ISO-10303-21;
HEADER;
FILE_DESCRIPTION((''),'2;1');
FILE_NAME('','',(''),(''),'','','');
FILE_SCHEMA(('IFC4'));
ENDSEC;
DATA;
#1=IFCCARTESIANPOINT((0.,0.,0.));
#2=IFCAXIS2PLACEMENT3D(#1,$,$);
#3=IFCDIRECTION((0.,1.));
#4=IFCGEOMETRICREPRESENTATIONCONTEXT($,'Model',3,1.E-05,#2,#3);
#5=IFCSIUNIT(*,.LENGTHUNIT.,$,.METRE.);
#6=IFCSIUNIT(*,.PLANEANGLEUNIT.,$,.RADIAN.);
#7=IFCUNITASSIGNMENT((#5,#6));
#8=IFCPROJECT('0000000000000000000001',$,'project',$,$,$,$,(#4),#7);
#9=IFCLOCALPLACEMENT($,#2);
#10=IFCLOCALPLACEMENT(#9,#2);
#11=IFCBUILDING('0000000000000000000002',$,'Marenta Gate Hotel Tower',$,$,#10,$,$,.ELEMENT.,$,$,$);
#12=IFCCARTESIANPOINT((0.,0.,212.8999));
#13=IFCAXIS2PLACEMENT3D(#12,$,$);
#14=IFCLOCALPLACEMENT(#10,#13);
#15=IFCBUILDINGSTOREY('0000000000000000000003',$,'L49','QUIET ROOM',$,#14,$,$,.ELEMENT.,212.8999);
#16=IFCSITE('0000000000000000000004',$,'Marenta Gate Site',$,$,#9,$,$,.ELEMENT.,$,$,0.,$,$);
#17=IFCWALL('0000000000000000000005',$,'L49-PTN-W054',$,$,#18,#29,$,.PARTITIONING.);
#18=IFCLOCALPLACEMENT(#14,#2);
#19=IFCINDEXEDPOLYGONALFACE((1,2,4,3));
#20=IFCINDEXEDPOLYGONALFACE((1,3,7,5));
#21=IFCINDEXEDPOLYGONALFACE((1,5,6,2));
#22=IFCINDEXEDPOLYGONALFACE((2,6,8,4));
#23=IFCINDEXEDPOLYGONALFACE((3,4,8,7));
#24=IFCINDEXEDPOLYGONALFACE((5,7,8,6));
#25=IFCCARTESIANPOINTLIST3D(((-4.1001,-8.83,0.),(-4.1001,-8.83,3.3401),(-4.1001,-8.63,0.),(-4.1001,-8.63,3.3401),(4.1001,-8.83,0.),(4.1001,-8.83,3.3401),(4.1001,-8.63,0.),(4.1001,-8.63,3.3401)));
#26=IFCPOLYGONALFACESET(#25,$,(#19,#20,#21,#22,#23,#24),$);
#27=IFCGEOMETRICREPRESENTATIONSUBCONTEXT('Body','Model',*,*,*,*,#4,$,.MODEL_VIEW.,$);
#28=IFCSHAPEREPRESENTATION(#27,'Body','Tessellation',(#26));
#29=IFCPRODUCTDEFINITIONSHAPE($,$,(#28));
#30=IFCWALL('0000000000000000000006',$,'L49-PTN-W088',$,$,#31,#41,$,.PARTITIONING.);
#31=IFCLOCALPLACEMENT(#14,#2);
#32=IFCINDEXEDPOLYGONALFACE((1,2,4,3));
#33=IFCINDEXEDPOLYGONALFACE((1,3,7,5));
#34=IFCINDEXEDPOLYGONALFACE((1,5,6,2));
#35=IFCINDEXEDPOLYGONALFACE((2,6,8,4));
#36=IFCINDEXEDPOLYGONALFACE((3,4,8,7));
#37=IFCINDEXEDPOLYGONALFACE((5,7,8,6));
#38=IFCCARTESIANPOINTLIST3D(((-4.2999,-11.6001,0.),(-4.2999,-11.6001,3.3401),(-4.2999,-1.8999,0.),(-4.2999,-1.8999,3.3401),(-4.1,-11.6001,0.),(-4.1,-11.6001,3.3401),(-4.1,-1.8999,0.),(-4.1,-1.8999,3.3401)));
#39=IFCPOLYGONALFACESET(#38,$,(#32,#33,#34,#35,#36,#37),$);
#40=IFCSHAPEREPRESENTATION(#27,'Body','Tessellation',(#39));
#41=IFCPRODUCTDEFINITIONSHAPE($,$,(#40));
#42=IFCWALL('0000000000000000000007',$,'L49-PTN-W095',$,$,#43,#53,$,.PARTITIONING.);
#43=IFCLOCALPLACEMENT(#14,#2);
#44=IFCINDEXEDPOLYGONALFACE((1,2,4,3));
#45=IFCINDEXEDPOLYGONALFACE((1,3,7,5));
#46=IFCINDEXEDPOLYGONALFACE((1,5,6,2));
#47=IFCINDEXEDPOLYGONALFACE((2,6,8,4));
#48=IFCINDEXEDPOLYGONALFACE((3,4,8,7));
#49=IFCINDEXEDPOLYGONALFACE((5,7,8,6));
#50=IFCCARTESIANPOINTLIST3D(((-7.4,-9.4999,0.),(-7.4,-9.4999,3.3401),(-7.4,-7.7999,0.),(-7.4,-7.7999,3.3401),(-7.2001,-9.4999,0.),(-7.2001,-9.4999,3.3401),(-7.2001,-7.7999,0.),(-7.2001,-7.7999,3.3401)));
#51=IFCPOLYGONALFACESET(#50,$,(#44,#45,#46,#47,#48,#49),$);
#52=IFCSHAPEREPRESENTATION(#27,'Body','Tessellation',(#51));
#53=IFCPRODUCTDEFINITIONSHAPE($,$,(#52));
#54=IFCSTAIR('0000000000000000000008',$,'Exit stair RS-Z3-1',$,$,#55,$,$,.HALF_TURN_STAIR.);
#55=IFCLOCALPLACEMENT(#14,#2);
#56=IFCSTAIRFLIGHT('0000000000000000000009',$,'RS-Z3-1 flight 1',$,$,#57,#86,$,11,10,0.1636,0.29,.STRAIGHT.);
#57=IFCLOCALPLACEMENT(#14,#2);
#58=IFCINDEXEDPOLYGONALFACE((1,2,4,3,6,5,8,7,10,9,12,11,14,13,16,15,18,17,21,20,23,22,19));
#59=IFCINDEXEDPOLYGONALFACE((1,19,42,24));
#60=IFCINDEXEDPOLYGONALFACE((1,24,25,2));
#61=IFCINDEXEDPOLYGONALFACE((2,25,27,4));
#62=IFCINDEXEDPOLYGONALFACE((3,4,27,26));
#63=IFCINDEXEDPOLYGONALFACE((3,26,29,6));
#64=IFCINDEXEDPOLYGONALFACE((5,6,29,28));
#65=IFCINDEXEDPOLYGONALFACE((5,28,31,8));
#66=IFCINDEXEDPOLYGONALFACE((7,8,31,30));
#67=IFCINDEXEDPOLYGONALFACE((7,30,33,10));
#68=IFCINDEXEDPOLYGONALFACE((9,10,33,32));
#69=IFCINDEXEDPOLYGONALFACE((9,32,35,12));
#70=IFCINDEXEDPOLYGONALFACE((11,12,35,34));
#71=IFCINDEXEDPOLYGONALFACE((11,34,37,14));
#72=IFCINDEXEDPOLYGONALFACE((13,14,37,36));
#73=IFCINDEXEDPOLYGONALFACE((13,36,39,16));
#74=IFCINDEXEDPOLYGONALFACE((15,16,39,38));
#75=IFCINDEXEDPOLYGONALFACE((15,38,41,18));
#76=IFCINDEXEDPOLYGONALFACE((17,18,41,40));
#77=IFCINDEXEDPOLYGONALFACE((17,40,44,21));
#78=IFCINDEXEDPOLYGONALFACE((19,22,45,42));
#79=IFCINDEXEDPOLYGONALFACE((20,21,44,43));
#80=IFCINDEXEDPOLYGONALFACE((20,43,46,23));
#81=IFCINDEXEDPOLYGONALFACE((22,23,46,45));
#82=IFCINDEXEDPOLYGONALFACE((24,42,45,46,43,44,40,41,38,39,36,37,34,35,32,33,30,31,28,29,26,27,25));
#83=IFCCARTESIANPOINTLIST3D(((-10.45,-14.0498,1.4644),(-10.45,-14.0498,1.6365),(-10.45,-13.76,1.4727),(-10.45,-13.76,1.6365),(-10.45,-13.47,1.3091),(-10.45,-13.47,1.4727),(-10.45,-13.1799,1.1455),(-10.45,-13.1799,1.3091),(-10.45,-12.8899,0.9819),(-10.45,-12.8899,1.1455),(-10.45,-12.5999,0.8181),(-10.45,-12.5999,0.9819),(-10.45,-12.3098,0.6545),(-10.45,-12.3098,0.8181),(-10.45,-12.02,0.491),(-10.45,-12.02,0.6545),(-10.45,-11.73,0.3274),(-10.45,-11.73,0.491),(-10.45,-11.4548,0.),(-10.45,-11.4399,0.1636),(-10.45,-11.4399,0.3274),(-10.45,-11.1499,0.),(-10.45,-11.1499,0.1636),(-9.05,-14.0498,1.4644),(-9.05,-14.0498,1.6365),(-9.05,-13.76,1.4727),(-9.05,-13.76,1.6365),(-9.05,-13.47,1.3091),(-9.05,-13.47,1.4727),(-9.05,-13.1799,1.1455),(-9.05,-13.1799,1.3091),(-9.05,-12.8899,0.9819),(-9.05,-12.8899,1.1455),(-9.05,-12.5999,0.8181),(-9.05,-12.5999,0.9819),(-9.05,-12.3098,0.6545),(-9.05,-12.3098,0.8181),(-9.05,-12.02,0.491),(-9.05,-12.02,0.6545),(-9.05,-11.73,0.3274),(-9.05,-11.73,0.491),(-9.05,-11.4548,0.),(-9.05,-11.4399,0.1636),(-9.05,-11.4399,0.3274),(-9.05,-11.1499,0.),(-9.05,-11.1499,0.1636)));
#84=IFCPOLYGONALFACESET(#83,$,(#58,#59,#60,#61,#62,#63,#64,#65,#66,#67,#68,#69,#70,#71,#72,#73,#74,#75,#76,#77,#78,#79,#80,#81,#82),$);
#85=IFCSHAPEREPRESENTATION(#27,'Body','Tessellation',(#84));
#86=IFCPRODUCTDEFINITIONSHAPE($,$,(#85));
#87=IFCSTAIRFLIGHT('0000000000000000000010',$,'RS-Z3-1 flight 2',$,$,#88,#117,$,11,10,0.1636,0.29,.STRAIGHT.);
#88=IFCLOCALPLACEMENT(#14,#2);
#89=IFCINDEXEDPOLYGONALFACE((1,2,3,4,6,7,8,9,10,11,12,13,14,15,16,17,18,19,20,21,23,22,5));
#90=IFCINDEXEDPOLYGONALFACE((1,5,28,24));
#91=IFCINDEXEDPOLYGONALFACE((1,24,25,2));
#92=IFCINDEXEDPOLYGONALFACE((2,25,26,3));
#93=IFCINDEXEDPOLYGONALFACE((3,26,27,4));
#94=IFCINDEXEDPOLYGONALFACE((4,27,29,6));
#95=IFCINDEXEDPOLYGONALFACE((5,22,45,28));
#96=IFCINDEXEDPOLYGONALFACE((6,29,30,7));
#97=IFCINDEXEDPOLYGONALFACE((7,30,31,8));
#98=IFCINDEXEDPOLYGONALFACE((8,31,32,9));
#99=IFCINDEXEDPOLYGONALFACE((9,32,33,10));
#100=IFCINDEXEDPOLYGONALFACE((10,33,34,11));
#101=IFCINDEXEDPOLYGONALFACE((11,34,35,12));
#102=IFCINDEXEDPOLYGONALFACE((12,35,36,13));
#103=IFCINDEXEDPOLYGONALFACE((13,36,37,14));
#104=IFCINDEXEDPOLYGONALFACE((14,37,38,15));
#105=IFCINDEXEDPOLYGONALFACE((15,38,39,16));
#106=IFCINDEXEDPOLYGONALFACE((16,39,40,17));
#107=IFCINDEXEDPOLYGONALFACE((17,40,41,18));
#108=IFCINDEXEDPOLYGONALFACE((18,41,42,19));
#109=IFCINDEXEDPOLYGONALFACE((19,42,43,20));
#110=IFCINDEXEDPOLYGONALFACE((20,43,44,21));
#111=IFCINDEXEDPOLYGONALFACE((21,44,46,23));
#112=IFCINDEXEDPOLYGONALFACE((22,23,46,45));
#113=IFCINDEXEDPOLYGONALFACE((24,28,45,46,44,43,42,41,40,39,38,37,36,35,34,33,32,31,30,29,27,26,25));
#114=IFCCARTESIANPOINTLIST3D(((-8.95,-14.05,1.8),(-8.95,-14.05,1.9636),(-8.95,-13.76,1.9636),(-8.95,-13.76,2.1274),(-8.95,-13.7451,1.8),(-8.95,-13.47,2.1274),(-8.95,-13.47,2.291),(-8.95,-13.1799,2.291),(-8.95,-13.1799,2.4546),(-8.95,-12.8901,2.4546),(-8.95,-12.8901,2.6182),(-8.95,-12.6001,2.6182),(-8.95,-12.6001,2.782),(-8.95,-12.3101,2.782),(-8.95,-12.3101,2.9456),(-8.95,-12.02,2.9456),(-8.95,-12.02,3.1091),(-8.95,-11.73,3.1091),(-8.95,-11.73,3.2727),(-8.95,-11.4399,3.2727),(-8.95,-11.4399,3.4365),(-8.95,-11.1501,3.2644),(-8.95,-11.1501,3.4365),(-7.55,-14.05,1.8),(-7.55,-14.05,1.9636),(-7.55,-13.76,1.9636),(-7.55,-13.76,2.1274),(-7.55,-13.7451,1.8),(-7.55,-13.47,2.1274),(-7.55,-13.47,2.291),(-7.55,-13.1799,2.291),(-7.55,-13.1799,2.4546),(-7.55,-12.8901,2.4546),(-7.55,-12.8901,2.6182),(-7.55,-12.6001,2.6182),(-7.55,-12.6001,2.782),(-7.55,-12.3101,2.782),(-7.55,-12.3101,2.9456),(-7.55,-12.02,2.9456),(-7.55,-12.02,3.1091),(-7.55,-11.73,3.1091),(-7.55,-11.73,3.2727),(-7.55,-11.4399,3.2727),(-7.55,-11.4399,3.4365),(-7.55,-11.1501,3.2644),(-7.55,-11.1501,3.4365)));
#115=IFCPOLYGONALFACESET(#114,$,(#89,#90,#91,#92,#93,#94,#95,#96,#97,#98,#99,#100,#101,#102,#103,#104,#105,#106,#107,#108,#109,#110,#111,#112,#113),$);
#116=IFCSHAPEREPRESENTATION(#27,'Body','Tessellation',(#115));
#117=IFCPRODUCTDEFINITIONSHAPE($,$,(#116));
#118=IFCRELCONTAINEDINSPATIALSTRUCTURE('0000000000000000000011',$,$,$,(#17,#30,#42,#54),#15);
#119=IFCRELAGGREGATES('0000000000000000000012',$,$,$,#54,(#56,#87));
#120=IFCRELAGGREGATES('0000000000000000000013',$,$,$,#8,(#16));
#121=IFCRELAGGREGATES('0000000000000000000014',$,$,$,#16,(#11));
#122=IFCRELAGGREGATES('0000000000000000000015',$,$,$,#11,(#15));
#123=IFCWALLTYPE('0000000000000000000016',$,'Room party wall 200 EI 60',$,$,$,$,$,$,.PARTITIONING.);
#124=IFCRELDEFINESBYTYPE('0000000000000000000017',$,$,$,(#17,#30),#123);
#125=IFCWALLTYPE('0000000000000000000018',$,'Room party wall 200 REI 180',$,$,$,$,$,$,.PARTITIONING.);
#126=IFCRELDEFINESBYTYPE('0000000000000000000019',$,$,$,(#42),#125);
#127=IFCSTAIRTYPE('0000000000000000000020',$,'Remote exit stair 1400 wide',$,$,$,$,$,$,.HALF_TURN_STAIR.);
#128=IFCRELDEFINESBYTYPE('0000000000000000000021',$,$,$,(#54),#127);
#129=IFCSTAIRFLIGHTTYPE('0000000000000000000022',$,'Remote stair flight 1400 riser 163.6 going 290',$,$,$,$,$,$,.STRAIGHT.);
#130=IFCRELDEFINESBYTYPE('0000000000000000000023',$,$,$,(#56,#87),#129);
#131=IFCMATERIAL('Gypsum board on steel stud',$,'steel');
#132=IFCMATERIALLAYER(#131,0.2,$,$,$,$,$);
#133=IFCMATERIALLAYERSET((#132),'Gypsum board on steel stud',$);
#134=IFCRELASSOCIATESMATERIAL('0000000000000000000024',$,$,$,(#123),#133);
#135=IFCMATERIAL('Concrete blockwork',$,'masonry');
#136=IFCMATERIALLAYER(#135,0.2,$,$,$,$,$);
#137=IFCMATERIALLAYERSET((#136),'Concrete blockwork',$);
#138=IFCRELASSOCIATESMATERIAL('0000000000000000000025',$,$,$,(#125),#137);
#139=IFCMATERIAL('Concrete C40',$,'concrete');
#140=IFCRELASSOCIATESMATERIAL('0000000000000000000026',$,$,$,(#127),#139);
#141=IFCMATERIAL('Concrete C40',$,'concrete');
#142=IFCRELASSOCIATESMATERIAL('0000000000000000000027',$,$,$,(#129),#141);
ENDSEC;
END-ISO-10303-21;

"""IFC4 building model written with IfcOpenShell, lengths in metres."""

from ifc_helpers import new_model, si_unit, direction, frame, frame_2d, origin, place, context, subcontext, project, spatial, polyline, rectangle, outline, extrude, material, layer, layer_set, type_object, element, aggregate, save


model = new_model("IFC4")

# Units and contexts
model_context = context("Model", 3, precision=1e-05, world=origin(), true_north=direction((0.0, 1.0)))
body_context = subcontext(model_context, "Body", "Model", "MODEL_VIEW")
ifc_project = project(units=[si_unit("LENGTHUNIT", "METRE"), si_unit("PLANEANGLEUNIT", "RADIAN")], contexts=[model_context])

# Site, building, storey
site_placement = place(None, origin())
site = spatial("IfcSite", under=ifc_project, at=site_placement, Name="Marenta Gate Site", CompositionType="ELEMENT", RefElevation=0.0)
building_placement = place(site_placement, origin())
building = spatial("IfcBuilding", under=site, at=building_placement, Name="Marenta Gate Hotel Tower", CompositionType="ELEMENT")
storey_placement = place(building_placement, frame((0.0, 0.0, 212.8999)))
storey = spatial("IfcBuildingStorey", under=building, at=storey_placement, Name="L49", Description="QUIET ROOM", CompositionType="ELEMENT", Elevation=212.8999)

# Walls
ifc_material_1 = material(Name="Gypsum board on steel stud", Category="steel")
ifc_layer_1 = layer(ifc_material_1, 0.2)
ifc_layer_set_1 = layer_set([ifc_layer_1], Name="Gypsum board on steel stud")
wall_type_1 = type_object("IfcWallType", Name="Room party wall 200 EI 60", PredefinedType="PARTITIONING", material=ifc_layer_set_1)
wall_1_placement = place(storey_placement, frame((-4.1001, -8.73, 0.0), z_axis=(0.0, 0.0, 1.0), x_axis=(1.0, 0.0, 0.0)))
element("IfcWall", 1, at=wall_1_placement, inside=storey, type_object=wall_type_1, Name="L49-PTN-W054", PredefinedType="PARTITIONING", context=body_context, shape_type="SweptSolid", body=[
    extrude(rectangle(XDim=8.2002, YDim=0.2, at=frame_2d((4.1001, 0.0))), origin(), (0.0, 0.0, 1.0), 3.3401),
])
wall_2_placement = place(storey_placement, frame((-4.2, -11.6001, 0.0), z_axis=(0.0, 0.0, 1.0), x_axis=(0.0, 1.0, 0.0)))
element("IfcWall", 2, at=wall_2_placement, inside=storey, type_object=wall_type_1, Name="L49-PTN-W088", PredefinedType="PARTITIONING", context=body_context, shape_type="SweptSolid", body=[
    extrude(rectangle(XDim=9.7002, YDim=0.2, at=frame_2d((4.8501, 0.0))), origin(), (0.0, 0.0, 1.0), 3.3401),
])
ifc_material_2 = material(Name="Concrete blockwork", Category="masonry")
ifc_layer_2 = layer(ifc_material_2, 0.2)
ifc_layer_set_2 = layer_set([ifc_layer_2], Name="Concrete blockwork")
wall_type_2 = type_object("IfcWallType", Name="Room party wall 200 REI 180", PredefinedType="PARTITIONING", material=ifc_layer_set_2)
wall_3_placement = place(storey_placement, frame((-7.3, -9.5, 0.0), z_axis=(0.0, 0.0, 1.0), x_axis=(0.0, 1.0, 0.0)))
element("IfcWall", 3, at=wall_3_placement, inside=storey, type_object=wall_type_2, Name="L49-PTN-W095", PredefinedType="PARTITIONING", context=body_context, shape_type="SweptSolid", body=[
    extrude(rectangle(XDim=1.7, YDim=0.2, at=frame_2d((0.8501, 0.0))), origin(), (0.0, 0.0, 1.0), 3.3401),
])

# Stair, stair flights
ifc_material_3 = material(Name="Concrete C40", Category="concrete")
stair_type = type_object("IfcStairType", Name="Remote exit stair 1400 wide", PredefinedType="HALF_TURN_STAIR", material=ifc_material_3)
stair_placement = place(storey_placement, origin())
stair = element("IfcStair", 4, at=stair_placement, inside=storey, type_object=stair_type, Name="Exit stair RS-Z3-1", PredefinedType="HALF_TURN_STAIR")
ifc_material_4 = material(Name="Concrete C40", Category="concrete")
stair_flight_type = type_object("IfcStairFlightType", Name="Remote stair flight 1400 riser 163.6 going 290", PredefinedType="STRAIGHT", material=ifc_material_4)
stair_flight_1_placement = place(storey_placement, frame((-9.75, -11.1499, 0.0), z_axis=(0.0, 0.0, 1.0), x_axis=(0.0, -1.0, 0.0)))
stair_flight_1 = element("IfcStairFlight", 5, at=stair_flight_1_placement, type_object=stair_flight_type, Name="RS-Z3-1 flight 1", NumberOfRisers=11, NumberOfTreads=10, PredefinedType="STRAIGHT", RiserHeight=0.1636, TreadLength=0.29, context=body_context, shape_type="SweptSolid", body=[
    extrude(outline(polyline([(0.0, 0.0), (0.0, 0.1636), (0.29, 0.1636), (0.29, 0.3274), (0.5801, 0.3274), (0.5801, 0.491), (0.8701, 0.491), (0.8701, 0.6545), (1.1599, 0.6545), (1.1599, 0.8181), (1.45, 0.8181), (1.45, 0.9819), (1.74, 0.9819), (1.74, 1.1455), (2.03, 1.1455), (2.03, 1.3091), (2.3201, 1.3091), (2.3201, 1.4727), (2.6101, 1.4727), (2.6101, 1.6365), (2.8999, 1.6365), (2.8999, 1.8), (2.8999, 1.4644), (0.3049, 0.0), (0.0, 0.0)])), frame((0.0, 0.7, 0.0), z_axis=(0.0, -1.0, 0.0), x_axis=(1.0, 0.0, 0.0)), (0.0, 0.0, 1.0), 1.3999),
])
stair_flight_2_placement = place(storey_placement, frame((-8.25, -14.05, 1.8), z_axis=(0.0, 0.0, 1.0), x_axis=(0.0, 1.0, 0.0)))
stair_flight_2 = element("IfcStairFlight", 6, at=stair_flight_2_placement, type_object=stair_flight_type, Name="RS-Z3-1 flight 2", NumberOfRisers=11, NumberOfTreads=10, PredefinedType="STRAIGHT", RiserHeight=0.1636, TreadLength=0.29, context=body_context, shape_type="SweptSolid", body=[
    extrude(outline(polyline([(0.0, 0.0), (0.0, 0.1636), (0.29, 0.1636), (0.29, 0.3274), (0.5801, 0.3274), (0.5801, 0.491), (0.8701, 0.491), (0.8701, 0.6545), (1.1599, 0.6545), (1.1599, 0.8181), (1.45, 0.8181), (1.45, 0.9819), (1.74, 0.9819), (1.74, 1.1455), (2.03, 1.1455), (2.03, 1.3091), (2.3201, 1.3091), (2.3201, 1.4727), (2.6101, 1.4727), (2.6101, 1.6365), (2.8999, 1.6365), (2.8999, 1.8), (2.8999, 1.4644), (0.3049, 0.0), (0.0, 0.0)])), frame((0.0, 0.7, 0.0), z_axis=(0.0, -1.0, 0.0), x_axis=(1.0, 0.0, 0.0)), (0.0, 0.0, 1.0), 1.3999),
])
aggregate(stair, [stair_flight_1, stair_flight_2])

save(model, "model.ifc")
